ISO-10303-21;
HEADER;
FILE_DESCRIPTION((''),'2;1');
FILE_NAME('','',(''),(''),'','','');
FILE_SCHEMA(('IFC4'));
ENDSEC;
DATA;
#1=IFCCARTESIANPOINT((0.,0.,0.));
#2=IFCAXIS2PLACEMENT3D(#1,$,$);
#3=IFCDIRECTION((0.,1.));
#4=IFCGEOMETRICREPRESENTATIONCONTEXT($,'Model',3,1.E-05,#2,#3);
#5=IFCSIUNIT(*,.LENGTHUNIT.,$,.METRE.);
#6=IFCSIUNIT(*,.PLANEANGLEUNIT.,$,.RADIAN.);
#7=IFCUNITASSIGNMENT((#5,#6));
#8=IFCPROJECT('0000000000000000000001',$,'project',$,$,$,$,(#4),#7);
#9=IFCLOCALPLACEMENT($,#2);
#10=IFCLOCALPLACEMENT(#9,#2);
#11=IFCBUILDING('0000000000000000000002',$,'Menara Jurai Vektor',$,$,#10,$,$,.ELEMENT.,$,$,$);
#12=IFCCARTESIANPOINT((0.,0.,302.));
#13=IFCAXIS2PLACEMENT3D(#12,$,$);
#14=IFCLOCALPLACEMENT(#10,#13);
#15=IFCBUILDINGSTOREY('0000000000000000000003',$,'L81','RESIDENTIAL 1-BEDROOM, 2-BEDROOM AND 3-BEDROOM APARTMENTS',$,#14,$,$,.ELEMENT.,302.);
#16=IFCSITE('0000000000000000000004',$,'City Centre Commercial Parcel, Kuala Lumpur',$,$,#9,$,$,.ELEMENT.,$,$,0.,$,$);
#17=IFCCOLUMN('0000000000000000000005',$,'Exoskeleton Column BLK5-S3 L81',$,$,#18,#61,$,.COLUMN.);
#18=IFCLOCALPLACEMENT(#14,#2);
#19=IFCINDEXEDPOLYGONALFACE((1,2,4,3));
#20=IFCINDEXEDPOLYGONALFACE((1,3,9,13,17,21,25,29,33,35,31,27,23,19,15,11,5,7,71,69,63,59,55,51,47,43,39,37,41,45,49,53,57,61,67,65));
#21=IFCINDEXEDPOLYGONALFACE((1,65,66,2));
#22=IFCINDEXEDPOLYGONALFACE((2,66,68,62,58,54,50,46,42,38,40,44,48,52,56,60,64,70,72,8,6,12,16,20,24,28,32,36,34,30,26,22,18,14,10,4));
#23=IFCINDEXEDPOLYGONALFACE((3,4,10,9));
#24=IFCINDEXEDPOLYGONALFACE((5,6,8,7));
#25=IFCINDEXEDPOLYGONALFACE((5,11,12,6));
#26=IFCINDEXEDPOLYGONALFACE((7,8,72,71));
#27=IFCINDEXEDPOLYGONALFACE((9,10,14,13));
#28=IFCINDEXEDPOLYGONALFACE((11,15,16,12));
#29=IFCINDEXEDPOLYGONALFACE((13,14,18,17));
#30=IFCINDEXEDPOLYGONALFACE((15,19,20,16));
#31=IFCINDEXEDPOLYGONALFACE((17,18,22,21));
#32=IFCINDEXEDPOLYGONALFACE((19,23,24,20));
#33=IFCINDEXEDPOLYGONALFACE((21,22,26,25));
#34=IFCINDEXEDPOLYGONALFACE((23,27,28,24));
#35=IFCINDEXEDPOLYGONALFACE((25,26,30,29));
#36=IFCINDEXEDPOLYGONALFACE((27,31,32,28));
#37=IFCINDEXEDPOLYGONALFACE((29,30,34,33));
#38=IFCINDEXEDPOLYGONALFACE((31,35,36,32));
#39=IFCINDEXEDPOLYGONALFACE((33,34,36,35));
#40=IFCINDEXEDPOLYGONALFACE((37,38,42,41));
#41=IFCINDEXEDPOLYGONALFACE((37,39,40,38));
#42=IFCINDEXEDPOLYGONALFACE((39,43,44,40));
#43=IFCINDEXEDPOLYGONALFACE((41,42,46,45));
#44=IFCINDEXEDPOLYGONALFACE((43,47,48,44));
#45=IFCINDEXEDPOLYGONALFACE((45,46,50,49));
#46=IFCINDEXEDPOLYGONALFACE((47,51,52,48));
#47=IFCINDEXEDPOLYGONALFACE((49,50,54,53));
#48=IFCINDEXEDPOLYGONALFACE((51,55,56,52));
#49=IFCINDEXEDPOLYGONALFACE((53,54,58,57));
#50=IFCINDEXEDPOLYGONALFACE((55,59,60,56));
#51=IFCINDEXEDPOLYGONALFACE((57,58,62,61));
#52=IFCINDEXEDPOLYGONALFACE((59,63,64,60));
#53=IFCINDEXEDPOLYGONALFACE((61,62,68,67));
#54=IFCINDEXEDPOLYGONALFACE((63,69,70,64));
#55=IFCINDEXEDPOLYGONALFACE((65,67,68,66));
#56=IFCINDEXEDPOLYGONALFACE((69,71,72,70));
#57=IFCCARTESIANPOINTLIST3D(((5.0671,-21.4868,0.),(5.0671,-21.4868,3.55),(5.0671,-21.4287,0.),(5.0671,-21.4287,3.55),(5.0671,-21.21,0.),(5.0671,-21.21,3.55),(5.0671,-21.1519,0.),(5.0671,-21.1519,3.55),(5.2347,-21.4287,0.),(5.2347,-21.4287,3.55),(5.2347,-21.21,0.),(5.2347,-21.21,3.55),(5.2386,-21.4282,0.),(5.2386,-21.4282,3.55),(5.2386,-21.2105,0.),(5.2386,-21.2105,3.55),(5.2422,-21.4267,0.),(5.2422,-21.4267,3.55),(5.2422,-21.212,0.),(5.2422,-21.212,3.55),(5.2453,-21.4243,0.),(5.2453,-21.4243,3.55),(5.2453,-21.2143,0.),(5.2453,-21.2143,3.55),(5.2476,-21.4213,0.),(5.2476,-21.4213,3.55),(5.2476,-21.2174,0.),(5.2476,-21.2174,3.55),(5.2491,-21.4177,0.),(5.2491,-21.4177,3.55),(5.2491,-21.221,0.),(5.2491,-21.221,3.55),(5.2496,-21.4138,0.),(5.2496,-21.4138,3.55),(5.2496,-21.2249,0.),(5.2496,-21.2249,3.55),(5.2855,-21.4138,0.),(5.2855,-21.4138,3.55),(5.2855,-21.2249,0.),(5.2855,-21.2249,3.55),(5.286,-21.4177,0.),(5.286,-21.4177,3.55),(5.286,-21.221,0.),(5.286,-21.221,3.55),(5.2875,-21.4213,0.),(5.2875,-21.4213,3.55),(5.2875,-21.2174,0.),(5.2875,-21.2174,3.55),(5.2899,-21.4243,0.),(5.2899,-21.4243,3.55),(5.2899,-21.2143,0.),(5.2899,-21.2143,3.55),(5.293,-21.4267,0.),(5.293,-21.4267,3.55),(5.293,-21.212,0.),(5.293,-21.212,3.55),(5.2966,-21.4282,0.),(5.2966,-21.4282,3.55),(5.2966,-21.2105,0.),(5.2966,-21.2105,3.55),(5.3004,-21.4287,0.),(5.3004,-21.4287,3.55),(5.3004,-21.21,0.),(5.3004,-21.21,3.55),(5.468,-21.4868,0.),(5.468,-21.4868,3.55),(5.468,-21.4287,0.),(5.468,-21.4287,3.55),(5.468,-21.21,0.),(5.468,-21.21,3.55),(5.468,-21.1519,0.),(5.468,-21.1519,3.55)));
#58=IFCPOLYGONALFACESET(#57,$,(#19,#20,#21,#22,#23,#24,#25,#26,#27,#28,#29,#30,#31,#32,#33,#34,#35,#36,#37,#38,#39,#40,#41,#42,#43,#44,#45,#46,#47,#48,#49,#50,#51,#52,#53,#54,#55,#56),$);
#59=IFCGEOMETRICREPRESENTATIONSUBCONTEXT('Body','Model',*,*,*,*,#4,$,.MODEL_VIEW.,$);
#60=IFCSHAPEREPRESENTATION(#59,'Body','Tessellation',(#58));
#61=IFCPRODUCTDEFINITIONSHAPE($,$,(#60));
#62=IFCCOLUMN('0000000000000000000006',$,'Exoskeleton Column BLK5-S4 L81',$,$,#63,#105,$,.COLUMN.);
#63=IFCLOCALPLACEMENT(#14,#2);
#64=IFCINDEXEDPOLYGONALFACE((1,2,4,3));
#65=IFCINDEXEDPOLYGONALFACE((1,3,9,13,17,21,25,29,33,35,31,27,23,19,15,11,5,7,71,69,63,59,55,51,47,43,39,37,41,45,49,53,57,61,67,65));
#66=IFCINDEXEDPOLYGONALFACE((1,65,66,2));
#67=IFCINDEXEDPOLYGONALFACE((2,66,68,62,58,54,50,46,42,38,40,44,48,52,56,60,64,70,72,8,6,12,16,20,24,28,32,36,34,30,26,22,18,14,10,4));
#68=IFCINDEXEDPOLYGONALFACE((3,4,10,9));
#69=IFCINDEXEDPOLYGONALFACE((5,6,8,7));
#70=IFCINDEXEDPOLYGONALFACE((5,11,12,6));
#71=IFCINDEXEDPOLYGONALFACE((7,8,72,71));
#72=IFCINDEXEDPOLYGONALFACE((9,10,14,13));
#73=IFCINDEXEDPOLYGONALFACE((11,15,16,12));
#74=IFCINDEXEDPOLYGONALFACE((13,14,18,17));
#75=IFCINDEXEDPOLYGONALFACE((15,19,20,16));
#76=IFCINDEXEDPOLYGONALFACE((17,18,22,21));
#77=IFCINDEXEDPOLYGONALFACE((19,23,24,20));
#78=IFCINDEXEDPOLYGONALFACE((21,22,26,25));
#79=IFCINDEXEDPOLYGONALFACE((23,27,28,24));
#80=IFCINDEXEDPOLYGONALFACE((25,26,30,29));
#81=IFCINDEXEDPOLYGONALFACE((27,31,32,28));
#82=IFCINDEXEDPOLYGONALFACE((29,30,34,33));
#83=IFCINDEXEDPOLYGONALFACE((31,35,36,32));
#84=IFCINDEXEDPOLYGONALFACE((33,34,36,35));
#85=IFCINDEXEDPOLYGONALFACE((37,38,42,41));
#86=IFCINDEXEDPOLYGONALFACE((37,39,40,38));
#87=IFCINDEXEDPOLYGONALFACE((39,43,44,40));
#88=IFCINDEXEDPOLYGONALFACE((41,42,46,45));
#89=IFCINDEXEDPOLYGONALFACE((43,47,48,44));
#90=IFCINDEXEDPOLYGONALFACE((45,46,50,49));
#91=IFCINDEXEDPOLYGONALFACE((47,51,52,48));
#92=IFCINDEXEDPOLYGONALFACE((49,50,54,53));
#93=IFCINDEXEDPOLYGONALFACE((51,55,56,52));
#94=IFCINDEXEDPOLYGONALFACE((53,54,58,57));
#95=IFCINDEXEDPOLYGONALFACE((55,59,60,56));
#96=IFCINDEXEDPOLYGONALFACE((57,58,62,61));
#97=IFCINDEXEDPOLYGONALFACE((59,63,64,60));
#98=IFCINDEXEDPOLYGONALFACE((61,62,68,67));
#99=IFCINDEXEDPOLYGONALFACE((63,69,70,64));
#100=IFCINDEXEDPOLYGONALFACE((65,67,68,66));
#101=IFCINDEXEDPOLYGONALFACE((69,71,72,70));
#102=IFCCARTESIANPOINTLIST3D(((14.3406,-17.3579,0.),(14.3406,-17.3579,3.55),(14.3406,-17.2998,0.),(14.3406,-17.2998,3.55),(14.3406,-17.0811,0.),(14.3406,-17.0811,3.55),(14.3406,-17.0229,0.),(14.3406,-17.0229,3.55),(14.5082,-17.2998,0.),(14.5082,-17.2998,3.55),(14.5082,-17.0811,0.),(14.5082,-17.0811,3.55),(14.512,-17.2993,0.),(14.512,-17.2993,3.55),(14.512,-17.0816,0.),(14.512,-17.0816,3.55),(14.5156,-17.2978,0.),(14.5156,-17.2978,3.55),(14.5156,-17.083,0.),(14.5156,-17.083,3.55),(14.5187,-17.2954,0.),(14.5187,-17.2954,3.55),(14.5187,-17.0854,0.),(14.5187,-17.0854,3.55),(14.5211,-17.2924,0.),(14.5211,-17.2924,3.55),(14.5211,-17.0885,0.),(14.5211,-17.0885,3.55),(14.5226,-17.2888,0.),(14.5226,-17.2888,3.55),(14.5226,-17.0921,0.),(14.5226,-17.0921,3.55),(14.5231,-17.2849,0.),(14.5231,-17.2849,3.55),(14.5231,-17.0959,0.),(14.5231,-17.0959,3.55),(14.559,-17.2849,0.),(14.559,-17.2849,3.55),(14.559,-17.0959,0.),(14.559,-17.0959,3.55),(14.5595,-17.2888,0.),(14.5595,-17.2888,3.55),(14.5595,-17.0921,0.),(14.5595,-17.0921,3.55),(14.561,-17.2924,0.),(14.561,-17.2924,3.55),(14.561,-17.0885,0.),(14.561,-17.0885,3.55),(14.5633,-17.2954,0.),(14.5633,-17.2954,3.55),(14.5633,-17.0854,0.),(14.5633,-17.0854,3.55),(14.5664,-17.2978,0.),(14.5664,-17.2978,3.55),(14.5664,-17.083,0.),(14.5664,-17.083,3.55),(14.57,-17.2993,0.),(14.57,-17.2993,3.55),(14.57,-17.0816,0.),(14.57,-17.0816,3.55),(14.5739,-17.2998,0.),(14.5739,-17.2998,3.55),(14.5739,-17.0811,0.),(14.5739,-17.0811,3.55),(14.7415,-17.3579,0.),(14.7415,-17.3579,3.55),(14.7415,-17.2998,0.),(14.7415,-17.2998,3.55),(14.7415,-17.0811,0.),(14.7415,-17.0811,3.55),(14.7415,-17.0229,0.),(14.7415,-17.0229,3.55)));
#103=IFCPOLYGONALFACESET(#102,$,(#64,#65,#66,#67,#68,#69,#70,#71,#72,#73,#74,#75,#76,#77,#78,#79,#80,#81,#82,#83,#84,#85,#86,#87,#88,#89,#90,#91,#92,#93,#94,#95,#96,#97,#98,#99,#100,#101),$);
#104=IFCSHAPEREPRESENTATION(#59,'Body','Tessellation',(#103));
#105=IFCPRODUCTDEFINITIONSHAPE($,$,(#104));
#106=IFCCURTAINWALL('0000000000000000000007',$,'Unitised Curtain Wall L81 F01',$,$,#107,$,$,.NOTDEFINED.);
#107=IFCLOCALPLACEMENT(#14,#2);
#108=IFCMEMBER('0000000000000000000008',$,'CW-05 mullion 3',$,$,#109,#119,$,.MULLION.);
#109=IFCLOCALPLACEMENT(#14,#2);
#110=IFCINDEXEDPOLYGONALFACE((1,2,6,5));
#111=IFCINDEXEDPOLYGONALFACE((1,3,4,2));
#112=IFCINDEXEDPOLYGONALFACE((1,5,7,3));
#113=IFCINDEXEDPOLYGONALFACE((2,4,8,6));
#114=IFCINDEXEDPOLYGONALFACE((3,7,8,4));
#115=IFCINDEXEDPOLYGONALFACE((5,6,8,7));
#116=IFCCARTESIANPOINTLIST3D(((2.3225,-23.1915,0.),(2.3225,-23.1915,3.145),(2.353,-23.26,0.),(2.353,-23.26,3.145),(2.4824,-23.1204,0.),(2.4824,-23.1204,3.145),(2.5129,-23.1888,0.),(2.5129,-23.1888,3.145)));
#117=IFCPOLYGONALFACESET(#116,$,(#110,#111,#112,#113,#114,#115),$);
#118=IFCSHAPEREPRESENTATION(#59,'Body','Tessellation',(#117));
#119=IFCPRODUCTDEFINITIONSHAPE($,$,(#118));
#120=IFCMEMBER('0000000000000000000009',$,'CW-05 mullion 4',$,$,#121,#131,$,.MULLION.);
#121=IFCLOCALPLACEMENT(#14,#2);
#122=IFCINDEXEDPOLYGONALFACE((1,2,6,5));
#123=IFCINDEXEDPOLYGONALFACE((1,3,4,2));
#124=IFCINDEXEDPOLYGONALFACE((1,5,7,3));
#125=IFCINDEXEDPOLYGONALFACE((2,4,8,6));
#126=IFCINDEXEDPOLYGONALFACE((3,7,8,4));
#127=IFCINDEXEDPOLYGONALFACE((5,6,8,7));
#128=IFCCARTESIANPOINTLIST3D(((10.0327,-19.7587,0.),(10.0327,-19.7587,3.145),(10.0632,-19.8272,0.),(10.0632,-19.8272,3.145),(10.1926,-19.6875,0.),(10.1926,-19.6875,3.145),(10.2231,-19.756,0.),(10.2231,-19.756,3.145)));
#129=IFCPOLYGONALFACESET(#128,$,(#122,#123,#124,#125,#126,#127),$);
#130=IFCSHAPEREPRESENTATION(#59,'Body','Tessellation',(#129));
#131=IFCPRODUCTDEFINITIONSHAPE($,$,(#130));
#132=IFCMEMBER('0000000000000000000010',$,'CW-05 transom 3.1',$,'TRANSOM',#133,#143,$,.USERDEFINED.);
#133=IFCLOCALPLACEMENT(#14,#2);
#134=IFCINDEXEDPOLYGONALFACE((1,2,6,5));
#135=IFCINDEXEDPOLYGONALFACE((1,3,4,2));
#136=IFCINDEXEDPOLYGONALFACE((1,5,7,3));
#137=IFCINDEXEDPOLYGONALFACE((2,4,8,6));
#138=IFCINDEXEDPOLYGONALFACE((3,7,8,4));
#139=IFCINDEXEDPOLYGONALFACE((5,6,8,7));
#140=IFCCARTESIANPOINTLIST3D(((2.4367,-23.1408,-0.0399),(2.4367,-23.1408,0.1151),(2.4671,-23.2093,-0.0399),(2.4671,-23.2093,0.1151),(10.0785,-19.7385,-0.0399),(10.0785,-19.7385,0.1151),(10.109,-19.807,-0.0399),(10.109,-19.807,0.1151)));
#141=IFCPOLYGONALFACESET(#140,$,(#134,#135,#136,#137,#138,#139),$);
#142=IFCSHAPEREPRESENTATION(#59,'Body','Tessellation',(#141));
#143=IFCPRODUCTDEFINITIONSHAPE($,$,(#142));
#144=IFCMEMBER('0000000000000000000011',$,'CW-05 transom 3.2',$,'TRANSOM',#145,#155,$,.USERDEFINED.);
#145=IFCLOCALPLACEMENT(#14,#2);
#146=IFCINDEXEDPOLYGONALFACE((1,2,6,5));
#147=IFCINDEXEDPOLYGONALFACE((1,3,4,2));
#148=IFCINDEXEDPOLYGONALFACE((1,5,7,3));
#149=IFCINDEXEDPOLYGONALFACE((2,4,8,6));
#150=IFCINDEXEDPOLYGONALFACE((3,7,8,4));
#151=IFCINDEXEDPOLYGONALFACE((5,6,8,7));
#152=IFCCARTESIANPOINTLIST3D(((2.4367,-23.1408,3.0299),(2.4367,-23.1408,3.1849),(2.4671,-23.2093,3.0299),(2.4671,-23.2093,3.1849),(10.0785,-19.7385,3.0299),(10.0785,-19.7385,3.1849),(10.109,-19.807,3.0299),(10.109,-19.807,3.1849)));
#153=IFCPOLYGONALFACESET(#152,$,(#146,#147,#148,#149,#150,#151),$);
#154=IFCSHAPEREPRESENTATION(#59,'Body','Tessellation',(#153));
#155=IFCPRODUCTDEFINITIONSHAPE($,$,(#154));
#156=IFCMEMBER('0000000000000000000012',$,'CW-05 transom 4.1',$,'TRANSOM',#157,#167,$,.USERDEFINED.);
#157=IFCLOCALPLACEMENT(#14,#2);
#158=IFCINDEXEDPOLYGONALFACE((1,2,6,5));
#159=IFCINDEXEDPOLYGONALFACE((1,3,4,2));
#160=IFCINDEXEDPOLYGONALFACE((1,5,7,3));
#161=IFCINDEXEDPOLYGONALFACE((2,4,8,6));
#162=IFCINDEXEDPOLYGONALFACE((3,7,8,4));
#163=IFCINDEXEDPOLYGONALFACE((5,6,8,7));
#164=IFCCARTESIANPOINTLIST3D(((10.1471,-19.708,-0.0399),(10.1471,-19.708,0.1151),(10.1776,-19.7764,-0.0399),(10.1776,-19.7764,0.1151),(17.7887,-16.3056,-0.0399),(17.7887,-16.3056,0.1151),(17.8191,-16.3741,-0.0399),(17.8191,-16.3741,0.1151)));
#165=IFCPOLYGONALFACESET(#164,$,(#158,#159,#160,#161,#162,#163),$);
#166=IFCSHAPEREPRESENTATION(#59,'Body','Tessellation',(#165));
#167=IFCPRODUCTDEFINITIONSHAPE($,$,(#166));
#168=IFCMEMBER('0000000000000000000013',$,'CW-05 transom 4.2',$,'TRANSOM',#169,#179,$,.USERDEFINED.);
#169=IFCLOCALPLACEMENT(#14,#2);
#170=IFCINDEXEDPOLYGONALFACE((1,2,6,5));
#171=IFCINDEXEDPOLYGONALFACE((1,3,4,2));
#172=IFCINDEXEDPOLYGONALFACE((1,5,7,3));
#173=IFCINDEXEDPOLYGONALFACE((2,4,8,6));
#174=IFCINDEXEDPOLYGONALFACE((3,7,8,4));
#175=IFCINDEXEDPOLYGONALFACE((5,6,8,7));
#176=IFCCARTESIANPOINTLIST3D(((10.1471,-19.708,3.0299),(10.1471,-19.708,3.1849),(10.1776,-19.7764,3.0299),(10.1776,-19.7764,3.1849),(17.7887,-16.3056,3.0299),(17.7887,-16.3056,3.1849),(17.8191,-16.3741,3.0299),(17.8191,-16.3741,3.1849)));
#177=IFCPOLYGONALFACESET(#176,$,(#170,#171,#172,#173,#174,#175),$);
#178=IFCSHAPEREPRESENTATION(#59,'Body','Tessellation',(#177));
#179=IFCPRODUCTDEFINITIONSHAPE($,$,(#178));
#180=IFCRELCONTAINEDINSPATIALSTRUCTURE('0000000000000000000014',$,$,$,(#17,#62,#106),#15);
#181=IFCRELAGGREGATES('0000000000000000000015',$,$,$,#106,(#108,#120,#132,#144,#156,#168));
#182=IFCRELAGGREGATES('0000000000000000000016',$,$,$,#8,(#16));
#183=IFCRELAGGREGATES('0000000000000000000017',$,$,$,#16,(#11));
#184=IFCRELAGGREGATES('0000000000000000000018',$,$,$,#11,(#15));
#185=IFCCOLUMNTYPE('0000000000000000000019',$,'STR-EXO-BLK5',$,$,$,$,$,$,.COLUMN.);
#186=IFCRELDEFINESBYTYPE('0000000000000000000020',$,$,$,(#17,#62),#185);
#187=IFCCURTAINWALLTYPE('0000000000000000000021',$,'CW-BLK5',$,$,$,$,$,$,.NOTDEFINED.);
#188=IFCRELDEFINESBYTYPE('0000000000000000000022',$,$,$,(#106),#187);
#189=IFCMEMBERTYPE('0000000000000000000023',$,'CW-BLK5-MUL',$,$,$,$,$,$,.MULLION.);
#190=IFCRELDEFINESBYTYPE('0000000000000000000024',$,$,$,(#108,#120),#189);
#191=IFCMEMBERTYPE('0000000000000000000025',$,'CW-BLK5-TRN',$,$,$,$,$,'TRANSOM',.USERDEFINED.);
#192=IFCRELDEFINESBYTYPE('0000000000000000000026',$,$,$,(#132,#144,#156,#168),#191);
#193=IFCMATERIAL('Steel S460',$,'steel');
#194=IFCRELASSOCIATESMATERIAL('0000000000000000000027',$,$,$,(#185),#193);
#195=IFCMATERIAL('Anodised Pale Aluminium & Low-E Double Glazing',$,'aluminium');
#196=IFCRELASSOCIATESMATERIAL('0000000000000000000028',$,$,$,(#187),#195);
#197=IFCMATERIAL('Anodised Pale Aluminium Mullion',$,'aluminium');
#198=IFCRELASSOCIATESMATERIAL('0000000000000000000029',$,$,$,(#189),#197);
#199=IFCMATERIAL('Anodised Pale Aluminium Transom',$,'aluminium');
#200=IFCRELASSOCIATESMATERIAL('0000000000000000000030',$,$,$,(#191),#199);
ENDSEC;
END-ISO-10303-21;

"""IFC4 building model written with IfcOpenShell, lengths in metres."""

from ifc_helpers import new_model, si_unit, direction, frame, origin, origin_2d, place, context, subcontext, project, spatial, rectangle, i_section, extrude, material, material_profile, profile_set, type_object, element, aggregate, save


model = new_model("IFC4")

# Units and contexts
model_context = context("Model", 3, precision=1e-05, world=origin(), true_north=direction((0.0, 1.0)))
body_context = subcontext(model_context, "Body", "Model", "MODEL_VIEW")
ifc_project = project(units=[si_unit("LENGTHUNIT", "METRE"), si_unit("PLANEANGLEUNIT", "RADIAN")], contexts=[model_context])

# Site, building, storey
site_placement = place(None, origin())
site = spatial("IfcSite", under=ifc_project, at=site_placement, Name="City Centre Commercial Parcel, Kuala Lumpur", CompositionType="ELEMENT", RefElevation=0.0)
building_placement = place(site_placement, origin())
building = spatial("IfcBuilding", under=site, at=building_placement, Name="Menara Jurai Vektor", CompositionType="ELEMENT")
storey_placement = place(building_placement, frame((0.0, 0.0, 302.0)))
storey = spatial("IfcBuildingStorey", under=building, at=storey_placement, Name="L81", Description="RESIDENTIAL 1-BEDROOM, 2-BEDROOM AND 3-BEDROOM APARTMENTS", CompositionType="ELEMENT", Elevation=302.0)

# Columns
ifc_material_1 = material(Name="Steel S460", Category="steel")
ifc_material_profile_1 = material_profile(ifc_material_1, i_section(OverallWidth=0.4009, OverallDepth=0.335, WebThickness=0.0359, FlangeThickness=0.0581, FilletRadius=0.0149, at=origin_2d()), Name="HD 400x463")
ifc_profile_set_1 = profile_set([ifc_material_profile_1], Name="Steel S460")
column_type = type_object("IfcColumnType", Name="STR-EXO-BLK5", PredefinedType="COLUMN", material=ifc_profile_set_1)
for number, where, z_axis, x_axis, name in (
    (1, (5.2676, -21.3193, 0.0), (0.0, 0.0, 1.0), (1.0, 0.0, 0.0), "Exoskeleton Column BLK5-S3 L81"),
    (2, (14.541, -17.1904, 0.0), (0.0, 0.0, 1.0), (1.0, 0.0, 0.0), "Exoskeleton Column BLK5-S4 L81"),
):
    element("IfcColumn", number, at=place(storey_placement, frame(where, z_axis=z_axis, x_axis=x_axis)), inside=storey, type_object=column_type, Name=name, PredefinedType="COLUMN", context=body_context, shape_type="SweptSolid", body=[
        extrude(i_section(OverallWidth=0.4009, OverallDepth=0.335, WebThickness=0.0359, FlangeThickness=0.0581, FilletRadius=0.0149, at=origin_2d()), origin(), (0.0, 0.0, 1.0), 3.55),
    ])

# Curtain wall, members
ifc_material_2 = material(Name="Anodised Pale Aluminium & Low-E Double Glazing", Category="aluminium")
curtain_wall_type = type_object("IfcCurtainWallType", Name="CW-BLK5", PredefinedType="NOTDEFINED", material=ifc_material_2)
curtain_wall_placement = place(storey_placement, origin())
curtain_wall = element("IfcCurtainWall", 3, at=curtain_wall_placement, inside=storey, type_object=curtain_wall_type, Name="Unitised Curtain Wall L81 F01", PredefinedType="NOTDEFINED")
ifc_material_3 = material(Name="Anodised Pale Aluminium Mullion", Category="aluminium")
ifc_material_profile_2 = material_profile(ifc_material_3, rectangle(XDim=0.075, YDim=0.175, at=origin_2d()), Name="ALU MUL 75x175")
ifc_profile_set_2 = profile_set([ifc_material_profile_2], Name="Anodised Pale Aluminium Mullion")
member_type_1 = type_object("IfcMemberType", Name="CW-BLK5-MUL", PredefinedType="MULLION", material=ifc_profile_set_2)
member_1_placement = place(storey_placement, frame((2.4177, -23.1902, 0.0), z_axis=(0.0, 0.0, 1.0), x_axis=(-0.406735, 0.913546, 0.0)))
member_1 = element("IfcMember", 4, at=member_1_placement, type_object=member_type_1, Name="CW-05 mullion 3", PredefinedType="MULLION", context=body_context, shape_type="SweptSolid", body=[
    extrude(rectangle(XDim=0.075, YDim=0.175, at=origin_2d()), origin(), (0.0, 0.0, 1.0), 3.145),
])
member_2_placement = place(storey_placement, frame((10.1279, -19.7573, 0.0), z_axis=(0.0, 0.0, 1.0), x_axis=(-0.406735, 0.913546, 0.0)))
member_2 = element("IfcMember", 5, at=member_2_placement, type_object=member_type_1, Name="CW-05 mullion 4", PredefinedType="MULLION", context=body_context, shape_type="SweptSolid", body=[
    extrude(rectangle(XDim=0.075, YDim=0.175, at=origin_2d()), origin(), (0.0, 0.0, 1.0), 3.145),
])
ifc_material_4 = material(Name="Anodised Pale Aluminium Transom", Category="aluminium")
ifc_material_profile_3 = material_profile(ifc_material_4, rectangle(XDim=0.075, YDim=0.155, at=origin_2d()), Name="ALU TRN 75x155")
ifc_profile_set_3 = profile_set([ifc_material_profile_3], Name="Anodised Pale Aluminium Transom")
member_type_2 = type_object("IfcMemberType", Name="CW-BLK5-TRN", ElementType="TRANSOM", PredefinedType="USERDEFINED", material=ifc_profile_set_3)
member_3_placement = place(storey_placement, frame((2.4519, -23.175, 0.0376), z_axis=(0.913547, 0.406734, 0.0), x_axis=(-0.406734, 0.913547, 0.0)))
member_3 = element("IfcMember", 6, at=member_3_placement, type_object=member_type_2, Name="CW-05 transom 3.1", ObjectType="TRANSOM", PredefinedType="USERDEFINED", context=body_context, shape_type="SweptSolid", body=[
    extrude(rectangle(XDim=0.075, YDim=0.155, at=origin_2d()), origin(), (0.0, 0.0, 1.0), 8.365),
])
member_4_placement = place(storey_placement, frame((2.4519, -23.175, 3.1074), z_axis=(0.913547, 0.406734, 0.0), x_axis=(-0.406734, 0.913547, 0.0)))
member_4 = element("IfcMember", 7, at=member_4_placement, type_object=member_type_2, Name="CW-05 transom 3.2", ObjectType="TRANSOM", PredefinedType="USERDEFINED", context=body_context, shape_type="SweptSolid", body=[
    extrude(rectangle(XDim=0.075, YDim=0.155, at=origin_2d()), origin(), (0.0, 0.0, 1.0), 8.365),
])
member_5_placement = place(storey_placement, frame((10.1624, -19.7422, 0.0376), z_axis=(0.913542, 0.406745, 0.0), x_axis=(-0.406745, 0.913542, 0.0)))
member_5 = element("IfcMember", 8, at=member_5_placement, type_object=member_type_2, Name="CW-05 transom 4.1", ObjectType="TRANSOM", PredefinedType="USERDEFINED", context=body_context, shape_type="SweptSolid", body=[
    extrude(rectangle(XDim=0.075, YDim=0.155, at=origin_2d()), origin(), (0.0, 0.0, 1.0), 8.3647),
])
member_6_placement = place(storey_placement, frame((10.1624, -19.7422, 3.1074), z_axis=(0.913542, 0.406745, 0.0), x_axis=(-0.406745, 0.913542, 0.0)))
member_6 = element("IfcMember", 9, at=member_6_placement, type_object=member_type_2, Name="CW-05 transom 4.2", ObjectType="TRANSOM", PredefinedType="USERDEFINED", context=body_context, shape_type="SweptSolid", body=[
    extrude(rectangle(XDim=0.075, YDim=0.155, at=origin_2d()), origin(), (0.0, 0.0, 1.0), 8.3647),
])

aggregate(curtain_wall, [member_1, member_2, member_3, member_4, member_5, member_6])

save(model, "model.ifc")
